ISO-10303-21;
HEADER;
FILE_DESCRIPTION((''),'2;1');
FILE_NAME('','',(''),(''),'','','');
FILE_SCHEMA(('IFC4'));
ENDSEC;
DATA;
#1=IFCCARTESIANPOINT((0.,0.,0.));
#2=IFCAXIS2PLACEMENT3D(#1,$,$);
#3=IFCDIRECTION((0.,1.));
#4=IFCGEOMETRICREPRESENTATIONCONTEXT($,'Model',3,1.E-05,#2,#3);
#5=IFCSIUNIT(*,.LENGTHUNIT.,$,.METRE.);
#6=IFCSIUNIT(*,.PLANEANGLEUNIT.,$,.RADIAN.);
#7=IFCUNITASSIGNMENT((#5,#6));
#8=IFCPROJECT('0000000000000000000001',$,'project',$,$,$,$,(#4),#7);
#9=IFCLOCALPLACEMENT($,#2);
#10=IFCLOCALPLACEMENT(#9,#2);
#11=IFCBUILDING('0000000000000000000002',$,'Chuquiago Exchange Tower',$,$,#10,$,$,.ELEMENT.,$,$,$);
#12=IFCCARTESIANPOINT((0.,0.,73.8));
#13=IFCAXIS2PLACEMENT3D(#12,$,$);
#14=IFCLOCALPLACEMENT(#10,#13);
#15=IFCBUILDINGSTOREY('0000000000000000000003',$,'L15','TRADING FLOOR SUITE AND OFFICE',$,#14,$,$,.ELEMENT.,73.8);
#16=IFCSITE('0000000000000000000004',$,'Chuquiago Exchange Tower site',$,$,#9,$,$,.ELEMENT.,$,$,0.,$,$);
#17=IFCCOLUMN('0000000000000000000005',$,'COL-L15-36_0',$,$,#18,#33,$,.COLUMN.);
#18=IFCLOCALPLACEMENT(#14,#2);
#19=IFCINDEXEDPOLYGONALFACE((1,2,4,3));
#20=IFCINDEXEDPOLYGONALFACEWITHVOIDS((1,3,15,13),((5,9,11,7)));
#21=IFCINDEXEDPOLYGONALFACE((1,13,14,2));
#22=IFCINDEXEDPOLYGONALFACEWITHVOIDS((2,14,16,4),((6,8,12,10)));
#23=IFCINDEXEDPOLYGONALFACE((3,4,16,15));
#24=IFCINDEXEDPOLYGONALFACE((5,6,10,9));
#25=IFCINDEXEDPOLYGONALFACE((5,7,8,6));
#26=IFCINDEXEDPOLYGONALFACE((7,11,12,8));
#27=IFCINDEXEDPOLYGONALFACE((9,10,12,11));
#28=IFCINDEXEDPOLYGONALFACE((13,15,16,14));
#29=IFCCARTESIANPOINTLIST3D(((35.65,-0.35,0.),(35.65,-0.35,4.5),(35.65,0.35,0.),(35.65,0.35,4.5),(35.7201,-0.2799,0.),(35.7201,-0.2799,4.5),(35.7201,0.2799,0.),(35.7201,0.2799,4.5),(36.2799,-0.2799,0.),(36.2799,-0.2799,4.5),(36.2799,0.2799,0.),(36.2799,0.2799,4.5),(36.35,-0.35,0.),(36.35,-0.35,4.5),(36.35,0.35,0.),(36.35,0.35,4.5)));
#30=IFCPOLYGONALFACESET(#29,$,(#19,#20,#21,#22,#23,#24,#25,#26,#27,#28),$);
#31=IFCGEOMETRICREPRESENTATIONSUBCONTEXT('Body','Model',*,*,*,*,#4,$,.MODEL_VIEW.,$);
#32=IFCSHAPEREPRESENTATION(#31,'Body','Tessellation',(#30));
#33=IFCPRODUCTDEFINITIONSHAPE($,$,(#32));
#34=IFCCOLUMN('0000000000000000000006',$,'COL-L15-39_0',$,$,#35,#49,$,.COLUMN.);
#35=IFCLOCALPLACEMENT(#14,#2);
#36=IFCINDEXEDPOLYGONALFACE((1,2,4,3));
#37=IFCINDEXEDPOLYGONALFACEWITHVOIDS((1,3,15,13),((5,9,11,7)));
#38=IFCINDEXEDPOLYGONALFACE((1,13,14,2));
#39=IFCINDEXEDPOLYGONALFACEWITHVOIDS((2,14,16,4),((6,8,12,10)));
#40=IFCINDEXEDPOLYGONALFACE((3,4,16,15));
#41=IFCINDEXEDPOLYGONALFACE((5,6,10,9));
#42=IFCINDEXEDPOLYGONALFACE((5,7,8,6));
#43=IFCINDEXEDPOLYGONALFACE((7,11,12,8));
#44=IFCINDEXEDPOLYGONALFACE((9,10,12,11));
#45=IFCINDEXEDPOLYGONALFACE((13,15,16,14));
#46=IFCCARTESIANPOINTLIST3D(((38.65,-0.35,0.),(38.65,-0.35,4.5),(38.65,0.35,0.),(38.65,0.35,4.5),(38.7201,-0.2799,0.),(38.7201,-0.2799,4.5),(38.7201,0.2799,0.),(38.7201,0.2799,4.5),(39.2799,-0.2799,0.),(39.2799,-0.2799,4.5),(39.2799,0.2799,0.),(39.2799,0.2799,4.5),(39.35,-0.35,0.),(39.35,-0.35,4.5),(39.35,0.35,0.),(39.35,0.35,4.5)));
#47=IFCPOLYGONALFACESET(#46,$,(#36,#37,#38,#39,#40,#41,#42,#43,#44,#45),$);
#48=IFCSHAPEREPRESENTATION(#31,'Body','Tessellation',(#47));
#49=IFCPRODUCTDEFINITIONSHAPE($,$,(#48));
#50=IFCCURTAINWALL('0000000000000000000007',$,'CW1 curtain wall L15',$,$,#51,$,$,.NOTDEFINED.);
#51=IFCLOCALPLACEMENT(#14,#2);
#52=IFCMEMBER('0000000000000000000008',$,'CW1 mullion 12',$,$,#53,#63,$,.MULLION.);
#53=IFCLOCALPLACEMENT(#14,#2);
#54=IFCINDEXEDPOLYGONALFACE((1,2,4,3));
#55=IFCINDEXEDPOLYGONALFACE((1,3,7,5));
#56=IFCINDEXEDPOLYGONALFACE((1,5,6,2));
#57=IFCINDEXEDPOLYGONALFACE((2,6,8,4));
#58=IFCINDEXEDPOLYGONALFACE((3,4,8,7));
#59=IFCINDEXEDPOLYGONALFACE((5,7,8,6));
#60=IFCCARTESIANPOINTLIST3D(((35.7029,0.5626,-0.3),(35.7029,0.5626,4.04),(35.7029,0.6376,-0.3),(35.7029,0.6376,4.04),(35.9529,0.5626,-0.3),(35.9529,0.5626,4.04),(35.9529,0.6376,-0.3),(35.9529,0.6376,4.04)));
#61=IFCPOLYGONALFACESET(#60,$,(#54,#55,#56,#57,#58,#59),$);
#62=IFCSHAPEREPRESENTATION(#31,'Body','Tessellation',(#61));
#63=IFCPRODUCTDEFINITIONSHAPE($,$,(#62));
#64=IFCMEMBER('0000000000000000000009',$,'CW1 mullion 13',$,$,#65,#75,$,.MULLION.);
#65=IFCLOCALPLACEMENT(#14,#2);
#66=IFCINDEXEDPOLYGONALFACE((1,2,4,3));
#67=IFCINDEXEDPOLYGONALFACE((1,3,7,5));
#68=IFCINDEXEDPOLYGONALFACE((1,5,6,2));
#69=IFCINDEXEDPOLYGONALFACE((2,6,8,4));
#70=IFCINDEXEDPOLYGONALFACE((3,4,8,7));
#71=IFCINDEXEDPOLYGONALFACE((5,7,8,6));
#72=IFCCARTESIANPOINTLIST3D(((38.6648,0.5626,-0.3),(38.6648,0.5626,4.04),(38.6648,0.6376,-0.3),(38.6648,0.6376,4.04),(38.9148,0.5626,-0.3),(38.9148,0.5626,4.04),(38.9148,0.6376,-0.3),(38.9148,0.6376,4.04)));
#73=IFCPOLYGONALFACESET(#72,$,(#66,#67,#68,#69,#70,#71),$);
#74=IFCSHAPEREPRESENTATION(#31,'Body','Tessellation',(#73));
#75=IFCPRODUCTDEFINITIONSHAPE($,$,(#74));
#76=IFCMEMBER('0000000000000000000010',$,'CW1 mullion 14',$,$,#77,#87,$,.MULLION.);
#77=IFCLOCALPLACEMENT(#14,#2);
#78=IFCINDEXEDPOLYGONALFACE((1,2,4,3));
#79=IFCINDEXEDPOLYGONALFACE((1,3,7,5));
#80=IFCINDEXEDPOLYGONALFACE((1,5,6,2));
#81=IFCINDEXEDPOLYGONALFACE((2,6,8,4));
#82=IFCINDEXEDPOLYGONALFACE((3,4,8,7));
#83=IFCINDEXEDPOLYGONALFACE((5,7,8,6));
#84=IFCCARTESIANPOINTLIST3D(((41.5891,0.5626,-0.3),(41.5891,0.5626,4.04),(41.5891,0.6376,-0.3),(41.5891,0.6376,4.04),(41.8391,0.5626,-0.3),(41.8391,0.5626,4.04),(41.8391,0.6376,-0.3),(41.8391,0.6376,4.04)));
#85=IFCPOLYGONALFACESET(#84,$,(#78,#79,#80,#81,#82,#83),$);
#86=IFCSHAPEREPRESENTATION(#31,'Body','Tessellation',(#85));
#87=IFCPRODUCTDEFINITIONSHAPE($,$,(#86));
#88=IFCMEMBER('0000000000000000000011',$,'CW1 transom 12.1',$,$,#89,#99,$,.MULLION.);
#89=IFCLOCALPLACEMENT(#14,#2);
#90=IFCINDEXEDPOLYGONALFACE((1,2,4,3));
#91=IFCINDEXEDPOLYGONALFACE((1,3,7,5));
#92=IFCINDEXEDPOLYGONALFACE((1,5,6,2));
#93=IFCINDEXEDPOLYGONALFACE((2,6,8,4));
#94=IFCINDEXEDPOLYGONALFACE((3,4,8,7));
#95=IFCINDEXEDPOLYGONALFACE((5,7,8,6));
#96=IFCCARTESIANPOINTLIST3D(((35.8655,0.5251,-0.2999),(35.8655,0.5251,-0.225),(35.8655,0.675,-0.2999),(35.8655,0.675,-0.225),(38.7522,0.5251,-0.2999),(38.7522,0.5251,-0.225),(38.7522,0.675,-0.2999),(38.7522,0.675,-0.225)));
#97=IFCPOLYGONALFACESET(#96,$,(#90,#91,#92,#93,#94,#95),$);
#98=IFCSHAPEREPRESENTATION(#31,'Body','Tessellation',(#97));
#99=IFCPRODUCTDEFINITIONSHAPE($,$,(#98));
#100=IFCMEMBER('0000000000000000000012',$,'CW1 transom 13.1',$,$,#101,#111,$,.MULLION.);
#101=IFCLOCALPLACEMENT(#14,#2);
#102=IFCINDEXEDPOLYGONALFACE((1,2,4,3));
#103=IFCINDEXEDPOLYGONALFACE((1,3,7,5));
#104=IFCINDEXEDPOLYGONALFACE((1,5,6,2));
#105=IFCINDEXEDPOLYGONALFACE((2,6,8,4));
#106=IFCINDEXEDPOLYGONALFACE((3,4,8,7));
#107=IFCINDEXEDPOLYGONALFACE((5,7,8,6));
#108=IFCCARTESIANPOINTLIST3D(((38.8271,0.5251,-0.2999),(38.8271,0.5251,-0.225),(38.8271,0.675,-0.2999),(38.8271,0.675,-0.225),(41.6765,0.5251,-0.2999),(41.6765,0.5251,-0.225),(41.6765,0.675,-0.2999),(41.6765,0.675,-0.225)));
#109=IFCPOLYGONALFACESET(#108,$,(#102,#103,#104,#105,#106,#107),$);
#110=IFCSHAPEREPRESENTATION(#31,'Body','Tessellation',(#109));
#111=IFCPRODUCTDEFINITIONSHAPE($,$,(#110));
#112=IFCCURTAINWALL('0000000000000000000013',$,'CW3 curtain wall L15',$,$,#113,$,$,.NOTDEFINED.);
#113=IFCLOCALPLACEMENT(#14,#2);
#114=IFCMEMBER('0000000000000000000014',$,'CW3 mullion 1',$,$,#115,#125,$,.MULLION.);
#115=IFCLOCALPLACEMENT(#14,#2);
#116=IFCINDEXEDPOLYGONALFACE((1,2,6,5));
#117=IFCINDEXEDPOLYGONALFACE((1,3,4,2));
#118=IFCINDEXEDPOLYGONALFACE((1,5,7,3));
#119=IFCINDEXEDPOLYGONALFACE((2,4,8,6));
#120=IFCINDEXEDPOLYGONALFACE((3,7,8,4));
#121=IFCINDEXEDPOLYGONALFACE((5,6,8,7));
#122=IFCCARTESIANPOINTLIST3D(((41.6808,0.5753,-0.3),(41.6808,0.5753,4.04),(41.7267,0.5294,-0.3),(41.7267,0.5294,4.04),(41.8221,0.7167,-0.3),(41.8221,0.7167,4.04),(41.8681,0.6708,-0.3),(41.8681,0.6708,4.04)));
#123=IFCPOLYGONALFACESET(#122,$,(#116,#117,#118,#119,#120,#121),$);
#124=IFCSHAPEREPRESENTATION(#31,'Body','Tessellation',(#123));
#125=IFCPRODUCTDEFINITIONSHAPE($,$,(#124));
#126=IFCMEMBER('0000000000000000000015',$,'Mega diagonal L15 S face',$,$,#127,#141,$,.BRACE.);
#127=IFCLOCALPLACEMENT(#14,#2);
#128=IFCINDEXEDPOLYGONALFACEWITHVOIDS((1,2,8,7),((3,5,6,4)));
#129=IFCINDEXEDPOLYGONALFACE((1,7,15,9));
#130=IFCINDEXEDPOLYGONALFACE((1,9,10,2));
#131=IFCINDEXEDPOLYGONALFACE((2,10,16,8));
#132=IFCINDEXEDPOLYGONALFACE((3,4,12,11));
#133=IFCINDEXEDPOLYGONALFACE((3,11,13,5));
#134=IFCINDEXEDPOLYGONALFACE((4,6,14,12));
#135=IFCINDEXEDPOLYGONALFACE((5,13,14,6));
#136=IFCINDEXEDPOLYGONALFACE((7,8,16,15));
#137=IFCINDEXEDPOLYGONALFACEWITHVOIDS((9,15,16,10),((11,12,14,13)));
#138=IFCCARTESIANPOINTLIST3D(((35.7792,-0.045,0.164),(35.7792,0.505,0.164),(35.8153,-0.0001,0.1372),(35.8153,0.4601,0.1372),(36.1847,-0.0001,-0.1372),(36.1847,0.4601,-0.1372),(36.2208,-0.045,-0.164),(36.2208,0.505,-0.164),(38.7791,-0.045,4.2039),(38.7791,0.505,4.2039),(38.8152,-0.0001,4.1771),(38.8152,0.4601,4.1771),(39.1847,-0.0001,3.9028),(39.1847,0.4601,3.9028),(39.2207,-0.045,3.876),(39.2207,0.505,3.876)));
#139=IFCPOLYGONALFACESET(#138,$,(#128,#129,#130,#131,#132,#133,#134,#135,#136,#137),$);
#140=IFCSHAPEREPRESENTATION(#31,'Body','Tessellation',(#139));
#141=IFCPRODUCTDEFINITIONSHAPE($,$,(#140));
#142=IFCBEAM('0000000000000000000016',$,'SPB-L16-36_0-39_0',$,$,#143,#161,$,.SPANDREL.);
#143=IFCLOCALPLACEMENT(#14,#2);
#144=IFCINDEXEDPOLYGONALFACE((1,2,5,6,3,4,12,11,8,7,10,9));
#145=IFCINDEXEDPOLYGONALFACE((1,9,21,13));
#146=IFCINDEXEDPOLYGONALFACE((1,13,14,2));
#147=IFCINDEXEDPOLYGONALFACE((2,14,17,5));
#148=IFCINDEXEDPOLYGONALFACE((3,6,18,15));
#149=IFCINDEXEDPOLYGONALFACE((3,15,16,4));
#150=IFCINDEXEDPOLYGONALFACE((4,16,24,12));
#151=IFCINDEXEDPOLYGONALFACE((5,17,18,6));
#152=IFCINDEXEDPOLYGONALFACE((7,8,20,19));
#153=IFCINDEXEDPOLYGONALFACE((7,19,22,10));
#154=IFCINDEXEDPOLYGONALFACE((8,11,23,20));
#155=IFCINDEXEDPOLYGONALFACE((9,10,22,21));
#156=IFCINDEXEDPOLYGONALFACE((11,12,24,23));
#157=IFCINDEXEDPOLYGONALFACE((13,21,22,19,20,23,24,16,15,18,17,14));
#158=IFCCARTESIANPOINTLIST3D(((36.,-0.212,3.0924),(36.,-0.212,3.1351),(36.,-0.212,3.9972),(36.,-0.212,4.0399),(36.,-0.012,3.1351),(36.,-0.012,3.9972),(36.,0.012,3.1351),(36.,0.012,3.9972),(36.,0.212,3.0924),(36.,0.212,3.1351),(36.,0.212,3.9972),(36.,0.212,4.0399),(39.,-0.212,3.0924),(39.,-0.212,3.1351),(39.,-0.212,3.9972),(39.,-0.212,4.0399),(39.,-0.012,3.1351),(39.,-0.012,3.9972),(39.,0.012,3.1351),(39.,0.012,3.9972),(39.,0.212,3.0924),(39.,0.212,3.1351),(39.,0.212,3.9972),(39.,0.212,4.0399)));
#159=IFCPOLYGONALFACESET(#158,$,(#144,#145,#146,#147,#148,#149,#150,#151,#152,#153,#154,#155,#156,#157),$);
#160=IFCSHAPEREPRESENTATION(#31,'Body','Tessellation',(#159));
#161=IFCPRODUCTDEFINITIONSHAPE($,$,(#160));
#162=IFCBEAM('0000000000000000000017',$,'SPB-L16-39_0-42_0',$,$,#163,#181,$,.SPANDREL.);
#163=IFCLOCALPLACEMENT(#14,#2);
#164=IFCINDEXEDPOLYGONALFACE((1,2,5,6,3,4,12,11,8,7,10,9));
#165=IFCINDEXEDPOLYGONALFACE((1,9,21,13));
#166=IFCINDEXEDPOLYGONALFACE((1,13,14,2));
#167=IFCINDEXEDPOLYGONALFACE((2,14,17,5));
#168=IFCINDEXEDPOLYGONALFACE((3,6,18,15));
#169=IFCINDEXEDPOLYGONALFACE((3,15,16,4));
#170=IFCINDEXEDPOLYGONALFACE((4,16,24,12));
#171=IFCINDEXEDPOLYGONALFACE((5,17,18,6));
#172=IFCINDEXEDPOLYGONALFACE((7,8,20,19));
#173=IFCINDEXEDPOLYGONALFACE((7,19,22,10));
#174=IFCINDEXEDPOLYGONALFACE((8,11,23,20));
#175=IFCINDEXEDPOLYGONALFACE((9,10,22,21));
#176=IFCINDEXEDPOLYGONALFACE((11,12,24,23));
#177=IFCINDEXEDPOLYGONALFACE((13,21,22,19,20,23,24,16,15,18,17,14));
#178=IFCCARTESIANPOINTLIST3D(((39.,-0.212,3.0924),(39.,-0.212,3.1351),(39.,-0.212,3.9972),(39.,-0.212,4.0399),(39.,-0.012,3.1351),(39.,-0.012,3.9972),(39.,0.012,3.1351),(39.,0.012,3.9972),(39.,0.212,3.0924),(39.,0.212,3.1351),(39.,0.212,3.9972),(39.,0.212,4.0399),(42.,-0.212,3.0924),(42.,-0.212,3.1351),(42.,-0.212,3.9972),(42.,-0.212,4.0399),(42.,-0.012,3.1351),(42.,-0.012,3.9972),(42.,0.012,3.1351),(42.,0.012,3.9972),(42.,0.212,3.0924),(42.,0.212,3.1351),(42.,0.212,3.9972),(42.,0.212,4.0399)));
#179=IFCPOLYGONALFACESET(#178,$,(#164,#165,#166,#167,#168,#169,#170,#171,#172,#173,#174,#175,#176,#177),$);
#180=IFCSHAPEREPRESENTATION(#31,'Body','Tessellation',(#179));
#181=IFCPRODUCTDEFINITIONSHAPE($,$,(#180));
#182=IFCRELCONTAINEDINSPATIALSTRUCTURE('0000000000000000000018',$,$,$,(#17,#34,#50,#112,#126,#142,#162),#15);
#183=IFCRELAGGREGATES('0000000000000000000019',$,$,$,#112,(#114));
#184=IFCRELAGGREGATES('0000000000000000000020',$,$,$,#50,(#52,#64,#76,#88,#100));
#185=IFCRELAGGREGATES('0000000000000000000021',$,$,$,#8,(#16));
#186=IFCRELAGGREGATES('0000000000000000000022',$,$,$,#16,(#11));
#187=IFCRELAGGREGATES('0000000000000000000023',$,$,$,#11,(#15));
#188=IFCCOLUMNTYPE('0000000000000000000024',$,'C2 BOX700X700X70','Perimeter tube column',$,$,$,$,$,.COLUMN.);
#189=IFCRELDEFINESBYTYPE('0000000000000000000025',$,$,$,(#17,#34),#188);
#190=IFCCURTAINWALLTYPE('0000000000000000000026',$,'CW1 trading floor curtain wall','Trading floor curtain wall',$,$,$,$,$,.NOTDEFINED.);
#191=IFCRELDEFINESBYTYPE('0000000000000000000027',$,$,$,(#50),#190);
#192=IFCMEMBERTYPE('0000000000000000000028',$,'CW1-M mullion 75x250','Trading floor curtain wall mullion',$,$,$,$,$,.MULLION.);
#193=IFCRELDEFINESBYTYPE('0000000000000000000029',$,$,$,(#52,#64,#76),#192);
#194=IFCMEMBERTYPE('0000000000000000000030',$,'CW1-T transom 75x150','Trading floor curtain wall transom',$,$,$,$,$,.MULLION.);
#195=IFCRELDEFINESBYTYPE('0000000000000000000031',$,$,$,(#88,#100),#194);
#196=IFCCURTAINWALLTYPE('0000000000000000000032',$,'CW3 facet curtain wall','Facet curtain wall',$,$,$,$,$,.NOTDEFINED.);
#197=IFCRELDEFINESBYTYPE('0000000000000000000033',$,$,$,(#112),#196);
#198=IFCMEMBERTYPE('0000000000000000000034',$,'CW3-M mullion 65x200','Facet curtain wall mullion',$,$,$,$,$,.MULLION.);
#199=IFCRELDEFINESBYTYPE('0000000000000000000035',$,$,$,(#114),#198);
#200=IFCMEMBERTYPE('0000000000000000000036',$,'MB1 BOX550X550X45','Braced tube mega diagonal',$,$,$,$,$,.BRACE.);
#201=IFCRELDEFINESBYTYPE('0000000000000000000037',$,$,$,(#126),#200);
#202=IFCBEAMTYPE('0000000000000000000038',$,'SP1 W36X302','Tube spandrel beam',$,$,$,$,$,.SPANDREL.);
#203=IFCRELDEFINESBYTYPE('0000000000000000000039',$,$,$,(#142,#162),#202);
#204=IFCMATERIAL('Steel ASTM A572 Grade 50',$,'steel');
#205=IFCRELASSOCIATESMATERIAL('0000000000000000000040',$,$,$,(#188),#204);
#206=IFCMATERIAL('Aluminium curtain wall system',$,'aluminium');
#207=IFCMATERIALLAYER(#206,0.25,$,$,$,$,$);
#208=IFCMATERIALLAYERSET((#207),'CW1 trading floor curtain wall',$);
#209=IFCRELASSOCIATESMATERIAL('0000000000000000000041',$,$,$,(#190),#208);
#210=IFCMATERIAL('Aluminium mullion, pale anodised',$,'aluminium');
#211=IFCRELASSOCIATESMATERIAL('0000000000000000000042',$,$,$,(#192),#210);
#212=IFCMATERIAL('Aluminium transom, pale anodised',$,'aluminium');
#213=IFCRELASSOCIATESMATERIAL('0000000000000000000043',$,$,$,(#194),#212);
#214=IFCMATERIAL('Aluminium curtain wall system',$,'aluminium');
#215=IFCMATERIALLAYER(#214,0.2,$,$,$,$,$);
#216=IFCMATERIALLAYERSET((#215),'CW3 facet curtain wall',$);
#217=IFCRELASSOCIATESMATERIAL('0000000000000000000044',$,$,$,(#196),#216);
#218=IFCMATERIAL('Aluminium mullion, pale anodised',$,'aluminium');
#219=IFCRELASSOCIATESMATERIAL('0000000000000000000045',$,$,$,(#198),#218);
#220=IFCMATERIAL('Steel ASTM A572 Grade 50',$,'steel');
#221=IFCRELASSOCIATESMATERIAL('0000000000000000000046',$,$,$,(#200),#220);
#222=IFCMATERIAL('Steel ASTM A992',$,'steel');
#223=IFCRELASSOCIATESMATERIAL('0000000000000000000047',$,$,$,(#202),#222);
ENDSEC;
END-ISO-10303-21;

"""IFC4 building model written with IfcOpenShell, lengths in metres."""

from ifc_helpers import new_model, si_unit, direction, frame, origin, origin_2d, place, context, subcontext, project, spatial, rectangle, hollow_rectangle, i_section, extrude, material, layer, layer_set, material_profile, profile_set, type_object, element, aggregate, save


model = new_model("IFC4")

# Units and contexts
model_context = context("Model", 3, precision=1e-05, world=origin(), true_north=direction((0.0, 1.0)))
body_context = subcontext(model_context, "Body", "Model", "MODEL_VIEW")
ifc_project = project(units=[si_unit("LENGTHUNIT", "METRE"), si_unit("PLANEANGLEUNIT", "RADIAN")], contexts=[model_context])

# Site, building, storey
site_placement = place(None, origin())
site = spatial("IfcSite", under=ifc_project, at=site_placement, Name="Chuquiago Exchange Tower site", CompositionType="ELEMENT", RefElevation=0.0)
building_placement = place(site_placement, origin())
building = spatial("IfcBuilding", under=site, at=building_placement, Name="Chuquiago Exchange Tower", CompositionType="ELEMENT")
storey_placement = place(building_placement, frame((0.0, 0.0, 73.8)))
storey = spatial("IfcBuildingStorey", under=building, at=storey_placement, Name="L15", Description="TRADING FLOOR SUITE AND OFFICE", CompositionType="ELEMENT", Elevation=73.8)

# Columns
ifc_material_1 = material(Name="Steel ASTM A572 Grade 50", Category="steel")
ifc_material_profile_1 = material_profile(ifc_material_1, hollow_rectangle(XDim=0.7, YDim=0.7, WallThickness=0.0701, at=origin_2d()), Name="BOX700X700X70")
ifc_profile_set_1 = profile_set([ifc_material_profile_1], Name="Steel ASTM A572 Grade 50")
column_type = type_object("IfcColumnType", Name="C2 BOX700X700X70", Description="Perimeter tube column", PredefinedType="COLUMN", material=ifc_profile_set_1)
for number, where, z_axis, x_axis, name in (
    (1, (36.0, 0.0, 0.0), (0.0, 0.0, 1.0), (0.0, -1.0, 0.0), "COL-L15-36_0"),
    (2, (39.0, 0.0, 0.0), (0.0, 0.0, 1.0), (0.0, -1.0, 0.0), "COL-L15-39_0"),
):
    element("IfcColumn", number, at=place(storey_placement, frame(where, z_axis=z_axis, x_axis=x_axis)), inside=storey, type_object=column_type, Name=name, PredefinedType="COLUMN", context=body_context, shape_type="SweptSolid", body=[
        extrude(hollow_rectangle(XDim=0.7, YDim=0.7, WallThickness=0.0701, at=origin_2d()), origin(), (0.0, 0.0, 1.0), 4.5),
    ])

# Curtain wall, members
ifc_material_2 = material(Name="Aluminium curtain wall system", Category="aluminium")
ifc_layer_1 = layer(ifc_material_2, 0.25)
ifc_layer_set_1 = layer_set([ifc_layer_1], Name="CW1 trading floor curtain wall")
curtain_wall_type_1 = type_object("IfcCurtainWallType", Name="CW1 trading floor curtain wall", Description="Trading floor curtain wall", PredefinedType="NOTDEFINED", material=ifc_layer_set_1)
curtain_wall_1_placement = place(storey_placement, origin())
curtain_wall_1 = element("IfcCurtainWall", 3, at=curtain_wall_1_placement, inside=storey, type_object=curtain_wall_type_1, Name="CW1 curtain wall L15", PredefinedType="NOTDEFINED")
ifc_material_3 = material(Name="Aluminium mullion, pale anodised", Category="aluminium")
ifc_material_profile_2 = material_profile(ifc_material_3, rectangle(XDim=0.075, YDim=0.25, at=origin_2d()), Name="AL 75x250")
ifc_profile_set_2 = profile_set([ifc_material_profile_2], Name="Aluminium mullion, pale anodised")
member_type_1 = type_object("IfcMemberType", Name="CW1-M mullion 75x250", Description="Trading floor curtain wall mullion", PredefinedType="MULLION", material=ifc_profile_set_2)
member_1_placement = place(storey_placement, frame((35.8279, 0.6001, -0.3), z_axis=(0.0, 0.0, 1.0), x_axis=(0.0, 1.0, 0.0)))
member_1 = element("IfcMember", 4, at=member_1_placement, type_object=member_type_1, Name="CW1 mullion 12", PredefinedType="MULLION", context=body_context, shape_type="SweptSolid", body=[
    extrude(rectangle(XDim=0.075, YDim=0.25, at=origin_2d()), origin(), (0.0, 0.0, 1.0), 4.3401),
])
member_2_placement = place(storey_placement, frame((38.7898, 0.6001, -0.3), z_axis=(0.0, 0.0, 1.0), x_axis=(0.0, 1.0, 0.0)))
member_2 = element("IfcMember", 5, at=member_2_placement, type_object=member_type_1, Name="CW1 mullion 13", PredefinedType="MULLION", context=body_context, shape_type="SweptSolid", body=[
    extrude(rectangle(XDim=0.075, YDim=0.25, at=origin_2d()), origin(), (0.0, 0.0, 1.0), 4.3401),
])
member_3_placement = place(storey_placement, frame((41.7141, 0.6001, -0.3), z_axis=(0.0, 0.0, 1.0), x_axis=(0.0, 1.0, 0.0)))
member_3 = element("IfcMember", 6, at=member_3_placement, type_object=member_type_1, Name="CW1 mullion 14", PredefinedType="MULLION", context=body_context, shape_type="SweptSolid", body=[
    extrude(rectangle(XDim=0.075, YDim=0.25, at=origin_2d()), origin(), (0.0, 0.0, 1.0), 4.3401),
])
ifc_material_4 = material(Name="Aluminium transom, pale anodised", Category="aluminium")
ifc_material_profile_3 = material_profile(ifc_material_4, rectangle(XDim=0.1499, YDim=0.075, at=origin_2d()), Name="AL 150x75")
ifc_profile_set_3 = profile_set([ifc_material_profile_3], Name="Aluminium transom, pale anodised")
member_type_2 = type_object("IfcMemberType", Name="CW1-T transom 75x150", Description="Trading floor curtain wall transom", PredefinedType="MULLION", material=ifc_profile_set_3)
member_4_placement = place(storey_placement, frame((35.8655, 0.6001, -0.2625), z_axis=(1.0, 0.0, 0.0), x_axis=(0.0, 1.0, 0.0)))
member_4 = element("IfcMember", 7, at=member_4_placement, type_object=member_type_2, Name="CW1 transom 12.1", PredefinedType="MULLION", context=body_context, shape_type="SweptSolid", body=[
    extrude(rectangle(XDim=0.1499, YDim=0.075, at=origin_2d()), origin(), (0.0, 0.0, 1.0), 2.8867),
])
member_5_placement = place(storey_placement, frame((38.8271, 0.6001, -0.2625), z_axis=(1.0, 0.0, 0.0), x_axis=(0.0, 1.0, 0.0)))
member_5 = element("IfcMember", 8, at=member_5_placement, type_object=member_type_2, Name="CW1 transom 13.1", PredefinedType="MULLION", context=body_context, shape_type="SweptSolid", body=[
    extrude(rectangle(XDim=0.1499, YDim=0.075, at=origin_2d()), origin(), (0.0, 0.0, 1.0), 2.8494),
])

# Curtain wall, member
ifc_material_5 = material(Name="Aluminium curtain wall system", Category="aluminium")
ifc_layer_2 = layer(ifc_material_5, 0.2)
ifc_layer_set_2 = layer_set([ifc_layer_2], Name="CW3 facet curtain wall")
curtain_wall_type_2 = type_object("IfcCurtainWallType", Name="CW3 facet curtain wall", Description="Facet curtain wall", PredefinedType="NOTDEFINED", material=ifc_layer_set_2)
curtain_wall_2_placement = place(storey_placement, origin())
curtain_wall_2 = element("IfcCurtainWall", 9, at=curtain_wall_2_placement, inside=storey, type_object=curtain_wall_type_2, Name="CW3 curtain wall L15", PredefinedType="NOTDEFINED")
ifc_material_6 = material(Name="Aluminium mullion, pale anodised", Category="aluminium")
ifc_material_profile_4 = material_profile(ifc_material_6, rectangle(XDim=0.0649, YDim=0.2, at=origin_2d()), Name="AL 65x200")
ifc_profile_set_4 = profile_set([ifc_material_profile_4], Name="Aluminium mullion, pale anodised")
member_type_3 = type_object("IfcMemberType", Name="CW3-M mullion 65x200", Description="Facet curtain wall mullion", PredefinedType="MULLION", material=ifc_profile_set_4)
member_6_placement = place(storey_placement, frame((41.7744, 0.623, -0.3), z_axis=(0.0, 0.0, 1.0), x_axis=(-0.707107, 0.707107, 0.0)))
member_6 = element("IfcMember", 10, at=member_6_placement, type_object=member_type_3, Name="CW3 mullion 1", PredefinedType="MULLION", context=body_context, shape_type="SweptSolid", body=[
    extrude(rectangle(XDim=0.0649, YDim=0.2, at=origin_2d()), origin(), (0.0, 0.0, 1.0), 4.3401),
])
aggregate(curtain_wall_2, [member_6])

# Member
ifc_material_7 = material(Name="Steel ASTM A572 Grade 50", Category="steel")
ifc_material_profile_5 = material_profile(ifc_material_7, hollow_rectangle(XDim=0.55, YDim=0.55, WallThickness=0.0449, at=origin_2d()), Name="BOX550X550X45")
ifc_profile_set_5 = profile_set([ifc_material_profile_5], Name="Steel ASTM A572 Grade 50")
member_type_4 = type_object("IfcMemberType", Name="MB1 BOX550X550X45", Description="Braced tube mega diagonal", PredefinedType="BRACE", material=ifc_profile_set_5)
member_7_placement = place(storey_placement, frame((36.0, 0.23, 0.0), z_axis=(0.596174, 0.0, 0.802855), x_axis=(0.0, 1.0, 0.0)))
element("IfcMember", 11, at=member_7_placement, inside=storey, type_object=member_type_4, Name="Mega diagonal L15 S face", PredefinedType="BRACE", context=body_context, shape_type="SweptSolid", body=[
    extrude(hollow_rectangle(XDim=0.55, YDim=0.55, WallThickness=0.0449, at=origin_2d()), origin(), (0.0, 0.0, 1.0), 5.032),
])

# Beams
ifc_material_8 = material(Name="Steel ASTM A992", Category="steel")
ifc_material_profile_6 = material_profile(ifc_material_8, i_section(OverallWidth=0.4241, OverallDepth=0.9475, WebThickness=0.0239, FlangeThickness=0.0427, at=origin_2d()), Name="W36X302")
ifc_profile_set_6 = profile_set([ifc_material_profile_6], Name="Steel ASTM A992")
beam_type = type_object("IfcBeamType", Name="SP1 W36X302", Description="Tube spandrel beam", PredefinedType="SPANDREL", material=ifc_profile_set_6)
for number, where, z_axis, x_axis, name in (
    (12, (36.0, 0.0, 3.5662), (1.0, 0.0, 0.0), (0.0, 1.0, 0.0), "SPB-L16-36_0-39_0"),
    (13, (39.0, 0.0, 3.5662), (1.0, 0.0, 0.0), (0.0, 1.0, 0.0), "SPB-L16-39_0-42_0"),
):
    element("IfcBeam", number, at=place(storey_placement, frame(where, z_axis=z_axis, x_axis=x_axis)), inside=storey, type_object=beam_type, Name=name, PredefinedType="SPANDREL", context=body_context, shape_type="SweptSolid", body=[
        extrude(i_section(OverallWidth=0.4241, OverallDepth=0.9475, WebThickness=0.0239, FlangeThickness=0.0427, at=origin_2d()), origin(), (0.0, 0.0, 1.0), 3.0),
    ])

aggregate(curtain_wall_1, [member_1, member_2, member_3, member_4, member_5])

save(model, "model.ifc")
